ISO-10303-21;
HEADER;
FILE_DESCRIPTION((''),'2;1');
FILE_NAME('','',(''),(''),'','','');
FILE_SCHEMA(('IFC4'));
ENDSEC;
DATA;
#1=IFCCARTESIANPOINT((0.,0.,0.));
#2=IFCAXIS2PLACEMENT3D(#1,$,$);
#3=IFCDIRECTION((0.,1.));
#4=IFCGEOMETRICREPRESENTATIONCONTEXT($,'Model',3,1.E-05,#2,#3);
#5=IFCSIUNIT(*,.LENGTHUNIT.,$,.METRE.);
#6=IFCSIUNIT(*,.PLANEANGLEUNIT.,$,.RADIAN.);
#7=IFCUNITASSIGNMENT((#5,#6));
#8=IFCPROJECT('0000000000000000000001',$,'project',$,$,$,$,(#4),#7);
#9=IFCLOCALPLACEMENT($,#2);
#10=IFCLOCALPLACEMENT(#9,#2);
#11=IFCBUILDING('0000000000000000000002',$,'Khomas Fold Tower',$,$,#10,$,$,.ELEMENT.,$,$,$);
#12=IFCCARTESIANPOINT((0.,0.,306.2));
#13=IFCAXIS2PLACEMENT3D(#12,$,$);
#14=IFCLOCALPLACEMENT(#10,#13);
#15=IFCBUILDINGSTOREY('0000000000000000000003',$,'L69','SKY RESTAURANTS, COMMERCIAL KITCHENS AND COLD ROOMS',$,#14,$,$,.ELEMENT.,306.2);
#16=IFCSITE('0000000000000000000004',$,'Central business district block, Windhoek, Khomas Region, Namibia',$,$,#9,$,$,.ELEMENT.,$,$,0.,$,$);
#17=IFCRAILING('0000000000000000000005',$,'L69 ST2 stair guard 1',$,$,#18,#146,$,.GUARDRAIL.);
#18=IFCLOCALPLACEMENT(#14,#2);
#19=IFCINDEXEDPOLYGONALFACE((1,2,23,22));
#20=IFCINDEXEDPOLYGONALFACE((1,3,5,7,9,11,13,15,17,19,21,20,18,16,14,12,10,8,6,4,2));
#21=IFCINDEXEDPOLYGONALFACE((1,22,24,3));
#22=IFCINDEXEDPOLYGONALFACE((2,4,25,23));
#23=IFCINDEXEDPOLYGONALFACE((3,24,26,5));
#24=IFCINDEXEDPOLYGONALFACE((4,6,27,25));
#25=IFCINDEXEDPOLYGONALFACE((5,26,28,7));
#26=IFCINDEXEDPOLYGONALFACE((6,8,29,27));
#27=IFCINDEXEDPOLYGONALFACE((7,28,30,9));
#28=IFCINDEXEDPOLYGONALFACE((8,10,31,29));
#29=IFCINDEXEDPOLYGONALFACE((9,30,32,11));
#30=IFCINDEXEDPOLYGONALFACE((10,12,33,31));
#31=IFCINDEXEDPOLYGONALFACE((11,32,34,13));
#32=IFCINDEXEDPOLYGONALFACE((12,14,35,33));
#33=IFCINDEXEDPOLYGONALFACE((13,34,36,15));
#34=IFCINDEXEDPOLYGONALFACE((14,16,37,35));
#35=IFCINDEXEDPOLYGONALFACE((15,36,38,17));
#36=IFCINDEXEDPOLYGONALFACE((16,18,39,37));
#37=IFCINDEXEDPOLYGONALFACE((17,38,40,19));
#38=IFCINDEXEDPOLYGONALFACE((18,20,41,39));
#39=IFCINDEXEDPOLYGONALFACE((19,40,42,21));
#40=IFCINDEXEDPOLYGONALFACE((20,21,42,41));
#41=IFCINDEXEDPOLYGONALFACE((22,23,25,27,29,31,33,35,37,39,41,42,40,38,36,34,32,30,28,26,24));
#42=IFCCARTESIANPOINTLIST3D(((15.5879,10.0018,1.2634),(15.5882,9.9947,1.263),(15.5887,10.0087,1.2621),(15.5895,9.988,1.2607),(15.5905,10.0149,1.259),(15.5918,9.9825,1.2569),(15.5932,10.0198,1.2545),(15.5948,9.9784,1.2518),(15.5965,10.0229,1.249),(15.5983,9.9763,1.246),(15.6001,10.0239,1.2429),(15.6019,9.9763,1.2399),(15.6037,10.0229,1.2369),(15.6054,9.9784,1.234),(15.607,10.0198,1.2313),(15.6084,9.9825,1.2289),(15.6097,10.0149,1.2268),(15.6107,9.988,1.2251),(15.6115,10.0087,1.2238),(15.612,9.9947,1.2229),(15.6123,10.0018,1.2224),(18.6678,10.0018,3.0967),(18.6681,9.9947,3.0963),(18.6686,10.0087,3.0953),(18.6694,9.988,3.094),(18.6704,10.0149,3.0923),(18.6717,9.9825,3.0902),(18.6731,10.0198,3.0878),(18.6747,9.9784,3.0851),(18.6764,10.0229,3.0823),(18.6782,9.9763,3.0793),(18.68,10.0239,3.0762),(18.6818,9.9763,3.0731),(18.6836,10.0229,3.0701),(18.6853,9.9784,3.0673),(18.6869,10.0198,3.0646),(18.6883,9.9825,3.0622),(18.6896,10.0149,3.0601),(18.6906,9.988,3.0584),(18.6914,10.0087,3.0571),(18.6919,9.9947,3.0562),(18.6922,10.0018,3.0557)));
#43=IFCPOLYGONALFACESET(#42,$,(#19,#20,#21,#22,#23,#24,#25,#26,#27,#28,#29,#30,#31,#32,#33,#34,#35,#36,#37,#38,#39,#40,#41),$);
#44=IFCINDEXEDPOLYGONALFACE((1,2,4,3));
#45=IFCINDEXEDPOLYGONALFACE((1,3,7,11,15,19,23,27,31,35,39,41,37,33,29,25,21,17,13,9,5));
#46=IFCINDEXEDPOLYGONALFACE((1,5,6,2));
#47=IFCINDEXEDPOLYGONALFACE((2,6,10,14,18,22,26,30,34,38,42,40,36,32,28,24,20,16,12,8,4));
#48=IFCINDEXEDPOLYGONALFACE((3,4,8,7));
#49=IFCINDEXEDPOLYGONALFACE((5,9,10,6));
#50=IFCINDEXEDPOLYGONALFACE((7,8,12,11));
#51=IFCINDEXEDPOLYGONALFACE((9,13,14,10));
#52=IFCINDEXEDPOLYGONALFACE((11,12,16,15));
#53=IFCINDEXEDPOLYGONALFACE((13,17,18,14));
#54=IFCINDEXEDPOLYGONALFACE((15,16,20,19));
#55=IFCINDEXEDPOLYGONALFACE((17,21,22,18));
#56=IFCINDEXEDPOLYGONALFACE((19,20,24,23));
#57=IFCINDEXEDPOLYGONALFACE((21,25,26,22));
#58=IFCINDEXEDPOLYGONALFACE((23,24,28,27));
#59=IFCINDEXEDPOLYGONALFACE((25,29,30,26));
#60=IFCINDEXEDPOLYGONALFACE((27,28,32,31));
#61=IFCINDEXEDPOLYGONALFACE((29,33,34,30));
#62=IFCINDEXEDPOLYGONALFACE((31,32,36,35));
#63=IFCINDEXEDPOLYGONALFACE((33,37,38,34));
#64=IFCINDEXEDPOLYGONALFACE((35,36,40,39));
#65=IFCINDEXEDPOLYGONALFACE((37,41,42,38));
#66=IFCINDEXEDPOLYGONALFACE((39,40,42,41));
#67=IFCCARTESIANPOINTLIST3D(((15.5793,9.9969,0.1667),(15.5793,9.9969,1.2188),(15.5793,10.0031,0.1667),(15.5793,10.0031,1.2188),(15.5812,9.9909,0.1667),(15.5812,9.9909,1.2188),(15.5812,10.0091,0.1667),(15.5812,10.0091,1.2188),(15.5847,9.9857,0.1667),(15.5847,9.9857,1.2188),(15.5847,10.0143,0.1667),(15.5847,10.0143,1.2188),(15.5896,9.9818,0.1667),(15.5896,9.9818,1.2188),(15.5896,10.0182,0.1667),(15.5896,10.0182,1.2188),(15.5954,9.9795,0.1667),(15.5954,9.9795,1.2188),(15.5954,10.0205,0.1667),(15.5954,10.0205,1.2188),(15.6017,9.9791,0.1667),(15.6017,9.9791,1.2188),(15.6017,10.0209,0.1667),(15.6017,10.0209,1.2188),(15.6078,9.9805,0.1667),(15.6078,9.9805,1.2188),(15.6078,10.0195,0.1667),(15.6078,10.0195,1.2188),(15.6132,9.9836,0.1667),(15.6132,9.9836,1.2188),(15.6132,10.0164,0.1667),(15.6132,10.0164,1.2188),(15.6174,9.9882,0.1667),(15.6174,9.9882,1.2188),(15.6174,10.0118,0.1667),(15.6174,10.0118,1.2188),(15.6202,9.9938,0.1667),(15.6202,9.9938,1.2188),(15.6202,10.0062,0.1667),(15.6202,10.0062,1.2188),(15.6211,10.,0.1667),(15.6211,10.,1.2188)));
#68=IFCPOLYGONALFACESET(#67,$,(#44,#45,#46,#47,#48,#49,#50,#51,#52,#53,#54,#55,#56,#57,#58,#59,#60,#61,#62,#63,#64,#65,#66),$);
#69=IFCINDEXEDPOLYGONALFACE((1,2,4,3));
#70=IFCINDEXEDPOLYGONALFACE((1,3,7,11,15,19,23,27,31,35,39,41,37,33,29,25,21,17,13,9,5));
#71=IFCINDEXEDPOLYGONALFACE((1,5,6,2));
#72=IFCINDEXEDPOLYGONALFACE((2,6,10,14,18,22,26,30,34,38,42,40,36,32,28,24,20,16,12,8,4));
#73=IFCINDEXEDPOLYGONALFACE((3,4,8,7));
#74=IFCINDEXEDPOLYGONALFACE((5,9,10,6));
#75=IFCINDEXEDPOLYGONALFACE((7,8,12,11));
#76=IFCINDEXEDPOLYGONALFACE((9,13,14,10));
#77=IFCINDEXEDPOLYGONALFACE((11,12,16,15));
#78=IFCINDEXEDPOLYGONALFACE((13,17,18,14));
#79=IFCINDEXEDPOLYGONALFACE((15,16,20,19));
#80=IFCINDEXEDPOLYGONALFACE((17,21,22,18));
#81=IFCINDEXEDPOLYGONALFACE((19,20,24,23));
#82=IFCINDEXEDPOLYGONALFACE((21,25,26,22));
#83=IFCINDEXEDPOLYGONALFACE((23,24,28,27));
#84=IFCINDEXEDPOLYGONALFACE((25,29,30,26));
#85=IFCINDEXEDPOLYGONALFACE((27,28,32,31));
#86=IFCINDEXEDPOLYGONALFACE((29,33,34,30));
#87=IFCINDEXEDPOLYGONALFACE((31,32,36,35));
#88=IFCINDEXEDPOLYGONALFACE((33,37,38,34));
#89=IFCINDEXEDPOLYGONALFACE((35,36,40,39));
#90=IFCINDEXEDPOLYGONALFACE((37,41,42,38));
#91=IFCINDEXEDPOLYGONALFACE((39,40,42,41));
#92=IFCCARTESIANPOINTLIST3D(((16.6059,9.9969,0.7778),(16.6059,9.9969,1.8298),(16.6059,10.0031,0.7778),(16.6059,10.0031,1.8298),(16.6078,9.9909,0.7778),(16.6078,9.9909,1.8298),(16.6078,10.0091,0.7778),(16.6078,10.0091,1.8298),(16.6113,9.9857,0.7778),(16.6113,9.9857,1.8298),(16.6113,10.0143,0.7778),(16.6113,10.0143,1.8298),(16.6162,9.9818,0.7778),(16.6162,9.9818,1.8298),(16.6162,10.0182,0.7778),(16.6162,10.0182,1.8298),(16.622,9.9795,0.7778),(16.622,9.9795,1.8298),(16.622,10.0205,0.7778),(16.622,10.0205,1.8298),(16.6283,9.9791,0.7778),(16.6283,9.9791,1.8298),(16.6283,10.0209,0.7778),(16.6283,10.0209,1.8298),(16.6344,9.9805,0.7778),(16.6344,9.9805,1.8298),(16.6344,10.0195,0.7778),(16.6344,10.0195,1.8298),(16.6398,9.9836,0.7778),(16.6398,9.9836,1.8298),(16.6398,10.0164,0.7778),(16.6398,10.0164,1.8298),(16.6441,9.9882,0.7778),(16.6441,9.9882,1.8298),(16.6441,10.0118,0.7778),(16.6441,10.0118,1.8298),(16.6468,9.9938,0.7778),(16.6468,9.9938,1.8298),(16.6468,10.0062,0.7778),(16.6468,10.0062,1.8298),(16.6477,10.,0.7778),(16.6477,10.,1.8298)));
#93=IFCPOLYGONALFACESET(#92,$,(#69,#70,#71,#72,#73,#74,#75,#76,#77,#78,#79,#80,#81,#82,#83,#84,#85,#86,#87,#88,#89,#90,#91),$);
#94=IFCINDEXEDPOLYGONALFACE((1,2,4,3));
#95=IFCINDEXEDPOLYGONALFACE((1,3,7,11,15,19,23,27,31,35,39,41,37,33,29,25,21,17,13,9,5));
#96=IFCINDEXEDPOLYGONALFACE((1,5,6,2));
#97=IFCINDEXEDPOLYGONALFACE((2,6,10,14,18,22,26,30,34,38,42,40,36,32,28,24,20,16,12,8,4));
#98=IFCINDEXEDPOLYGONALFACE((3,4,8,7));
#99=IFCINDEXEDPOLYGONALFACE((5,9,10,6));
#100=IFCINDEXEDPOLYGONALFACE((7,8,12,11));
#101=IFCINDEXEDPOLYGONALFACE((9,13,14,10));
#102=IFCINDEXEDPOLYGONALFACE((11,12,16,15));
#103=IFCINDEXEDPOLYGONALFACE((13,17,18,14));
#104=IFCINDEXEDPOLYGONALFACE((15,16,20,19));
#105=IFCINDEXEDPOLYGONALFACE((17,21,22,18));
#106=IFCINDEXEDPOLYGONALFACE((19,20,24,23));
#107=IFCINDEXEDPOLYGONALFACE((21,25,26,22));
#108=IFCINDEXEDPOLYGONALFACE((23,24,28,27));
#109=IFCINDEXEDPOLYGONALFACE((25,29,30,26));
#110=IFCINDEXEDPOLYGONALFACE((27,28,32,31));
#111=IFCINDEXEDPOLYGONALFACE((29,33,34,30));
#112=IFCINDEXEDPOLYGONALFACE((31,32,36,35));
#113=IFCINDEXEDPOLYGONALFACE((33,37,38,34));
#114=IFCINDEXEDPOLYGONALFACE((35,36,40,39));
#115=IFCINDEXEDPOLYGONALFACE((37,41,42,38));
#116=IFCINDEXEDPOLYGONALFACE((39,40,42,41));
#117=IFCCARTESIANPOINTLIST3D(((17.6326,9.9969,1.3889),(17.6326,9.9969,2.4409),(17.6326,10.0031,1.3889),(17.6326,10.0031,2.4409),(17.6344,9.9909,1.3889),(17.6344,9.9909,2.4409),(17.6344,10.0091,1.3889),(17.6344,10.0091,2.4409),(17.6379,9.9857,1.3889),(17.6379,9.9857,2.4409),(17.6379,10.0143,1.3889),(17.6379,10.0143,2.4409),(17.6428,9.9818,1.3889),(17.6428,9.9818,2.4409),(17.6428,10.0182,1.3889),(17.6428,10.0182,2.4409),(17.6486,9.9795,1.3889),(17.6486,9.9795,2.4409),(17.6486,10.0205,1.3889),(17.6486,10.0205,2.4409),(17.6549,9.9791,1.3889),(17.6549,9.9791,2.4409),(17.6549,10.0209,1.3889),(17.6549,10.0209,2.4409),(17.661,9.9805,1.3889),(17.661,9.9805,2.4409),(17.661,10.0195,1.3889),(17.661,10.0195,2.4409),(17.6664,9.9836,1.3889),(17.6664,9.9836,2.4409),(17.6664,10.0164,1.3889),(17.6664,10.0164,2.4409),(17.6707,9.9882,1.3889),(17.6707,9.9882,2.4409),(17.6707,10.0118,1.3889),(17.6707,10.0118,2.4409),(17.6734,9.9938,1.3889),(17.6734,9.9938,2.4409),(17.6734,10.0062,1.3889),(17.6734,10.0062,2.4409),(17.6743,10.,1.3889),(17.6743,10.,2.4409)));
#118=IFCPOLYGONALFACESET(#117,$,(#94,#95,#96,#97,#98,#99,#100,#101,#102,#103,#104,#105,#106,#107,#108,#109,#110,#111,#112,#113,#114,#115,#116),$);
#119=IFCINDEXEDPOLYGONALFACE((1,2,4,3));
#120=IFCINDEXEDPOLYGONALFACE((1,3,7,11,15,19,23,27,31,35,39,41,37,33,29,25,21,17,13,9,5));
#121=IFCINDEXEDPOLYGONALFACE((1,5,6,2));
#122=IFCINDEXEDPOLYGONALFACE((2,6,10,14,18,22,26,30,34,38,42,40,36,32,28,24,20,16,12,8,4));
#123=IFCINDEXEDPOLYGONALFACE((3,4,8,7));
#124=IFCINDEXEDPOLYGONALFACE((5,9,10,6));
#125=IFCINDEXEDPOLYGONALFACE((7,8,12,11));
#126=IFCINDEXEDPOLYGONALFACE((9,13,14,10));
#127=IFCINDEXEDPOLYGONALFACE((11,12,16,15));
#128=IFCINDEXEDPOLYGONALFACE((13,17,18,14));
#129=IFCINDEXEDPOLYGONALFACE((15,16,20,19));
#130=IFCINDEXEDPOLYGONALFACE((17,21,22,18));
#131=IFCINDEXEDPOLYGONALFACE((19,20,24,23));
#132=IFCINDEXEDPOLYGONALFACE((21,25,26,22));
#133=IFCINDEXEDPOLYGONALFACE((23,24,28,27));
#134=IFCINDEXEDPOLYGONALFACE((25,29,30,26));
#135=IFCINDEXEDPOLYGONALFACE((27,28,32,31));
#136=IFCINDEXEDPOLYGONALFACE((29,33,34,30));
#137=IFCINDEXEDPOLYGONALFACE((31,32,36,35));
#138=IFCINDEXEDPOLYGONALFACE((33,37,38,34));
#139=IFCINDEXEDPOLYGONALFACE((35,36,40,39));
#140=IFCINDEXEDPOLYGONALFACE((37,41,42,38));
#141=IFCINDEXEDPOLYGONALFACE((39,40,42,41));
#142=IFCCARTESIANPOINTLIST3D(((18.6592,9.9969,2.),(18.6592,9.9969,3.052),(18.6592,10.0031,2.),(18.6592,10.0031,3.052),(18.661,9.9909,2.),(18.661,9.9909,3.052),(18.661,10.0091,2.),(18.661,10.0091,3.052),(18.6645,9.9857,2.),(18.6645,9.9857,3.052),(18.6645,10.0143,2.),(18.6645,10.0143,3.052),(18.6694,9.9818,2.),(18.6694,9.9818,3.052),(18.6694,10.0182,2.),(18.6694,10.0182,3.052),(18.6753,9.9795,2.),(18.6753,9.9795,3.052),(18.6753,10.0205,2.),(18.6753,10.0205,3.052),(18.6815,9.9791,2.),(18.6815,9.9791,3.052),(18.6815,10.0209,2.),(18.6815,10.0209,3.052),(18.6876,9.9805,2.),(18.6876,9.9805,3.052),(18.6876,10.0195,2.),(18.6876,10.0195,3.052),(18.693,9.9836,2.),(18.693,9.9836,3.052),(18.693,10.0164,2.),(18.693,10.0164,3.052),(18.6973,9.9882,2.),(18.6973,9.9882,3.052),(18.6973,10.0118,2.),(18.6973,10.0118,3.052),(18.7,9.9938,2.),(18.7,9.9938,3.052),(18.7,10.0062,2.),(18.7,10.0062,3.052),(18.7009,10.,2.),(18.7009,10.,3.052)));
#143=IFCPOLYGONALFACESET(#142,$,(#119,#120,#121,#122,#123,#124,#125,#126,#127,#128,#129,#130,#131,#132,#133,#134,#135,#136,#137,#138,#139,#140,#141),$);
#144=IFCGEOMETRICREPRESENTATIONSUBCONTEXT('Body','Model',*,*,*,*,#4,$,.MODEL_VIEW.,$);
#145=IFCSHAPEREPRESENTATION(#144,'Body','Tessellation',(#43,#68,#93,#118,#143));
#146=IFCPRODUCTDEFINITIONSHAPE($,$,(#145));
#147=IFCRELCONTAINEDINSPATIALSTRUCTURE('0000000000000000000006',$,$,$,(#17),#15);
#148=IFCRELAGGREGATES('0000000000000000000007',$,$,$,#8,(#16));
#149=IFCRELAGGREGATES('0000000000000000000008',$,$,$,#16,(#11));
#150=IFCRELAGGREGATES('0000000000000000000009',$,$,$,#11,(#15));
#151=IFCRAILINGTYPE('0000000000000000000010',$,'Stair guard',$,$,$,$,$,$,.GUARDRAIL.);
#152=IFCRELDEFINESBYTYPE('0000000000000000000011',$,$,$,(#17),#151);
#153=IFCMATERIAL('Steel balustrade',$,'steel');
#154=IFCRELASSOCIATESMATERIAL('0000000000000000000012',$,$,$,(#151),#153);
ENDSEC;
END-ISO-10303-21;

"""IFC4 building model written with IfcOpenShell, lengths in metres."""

from ifc_helpers import new_model, si_unit, direction, frame, origin, origin_2d, place, context, subcontext, project, spatial, circle, extrude, source, transform, mapped, material, type_object, element, save


model = new_model("IFC4")

# Units and contexts
model_context = context("Model", 3, precision=1e-05, world=origin(), true_north=direction((0.0, 1.0)))
body_context = subcontext(model_context, "Body", "Model", "MODEL_VIEW")
ifc_project = project(units=[si_unit("LENGTHUNIT", "METRE"), si_unit("PLANEANGLEUNIT", "RADIAN")], contexts=[model_context])

# Site, building, storey
site_placement = place(None, origin())
site = spatial("IfcSite", under=ifc_project, at=site_placement, Name="Central business district block, Windhoek, Khomas Region, Namibia", CompositionType="ELEMENT", RefElevation=0.0)
building_placement = place(site_placement, origin())
building = spatial("IfcBuilding", under=site, at=building_placement, Name="Khomas Fold Tower", CompositionType="ELEMENT")
storey_placement = place(building_placement, frame((0.0, 0.0, 306.2)))
storey = spatial("IfcBuildingStorey", under=building, at=storey_placement, Name="L69", Description="SKY RESTAURANTS, COMMERCIAL KITCHENS AND COLD ROOMS", CompositionType="ELEMENT", Elevation=306.2)

# Railing
ifc_material_1 = material(Name="Steel balustrade", Category="steel")
railing_type_1 = type_object("IfcRailingType", Name="Stair guard", PredefinedType="GUARDRAIL", material=ifc_material_1)
shared_shape_1 = source(origin(), body_context, "Body", "SweptSolid", [
    extrude(circle(Radius=0.0239, at=origin_2d()), frame((0.0, 0.0, 1.0762), z_axis=(0.859291, 0.0, 0.511487), x_axis=(0.0, 1.0, 0.0)), (0.0, 0.0, 1.0), 3.5842),
    extrude(circle(Radius=0.021, at=origin_2d()), origin(), (0.0, 0.0, 1.0), 1.052),
    extrude(circle(Radius=0.021, at=origin_2d()), frame((1.0266, 0.0, 0.6111)), (0.0, 0.0, 1.0), 1.052),
    extrude(circle(Radius=0.021, at=origin_2d()), frame((2.0532, 0.0, 1.2222)), (0.0, 0.0, 1.0), 1.052),
    extrude(circle(Radius=0.021, at=origin_2d()), frame((3.0798, 0.0, 1.8333)), (0.0, 0.0, 1.0), 1.052),
])
railing_1_placement = place(storey_placement, frame((15.6001, 10.0, 0.1667)))
element("IfcRailing", 1, at=railing_1_placement, inside=storey, type_object=railing_type_1, Name="L69 ST2 stair guard 1", PredefinedType="GUARDRAIL", context=body_context, shape_type="MappedRepresentation", body=[
    mapped(shared_shape_1, transform((0.0, 0.0, 0.0))),
])

save(model, "model.ifc")
